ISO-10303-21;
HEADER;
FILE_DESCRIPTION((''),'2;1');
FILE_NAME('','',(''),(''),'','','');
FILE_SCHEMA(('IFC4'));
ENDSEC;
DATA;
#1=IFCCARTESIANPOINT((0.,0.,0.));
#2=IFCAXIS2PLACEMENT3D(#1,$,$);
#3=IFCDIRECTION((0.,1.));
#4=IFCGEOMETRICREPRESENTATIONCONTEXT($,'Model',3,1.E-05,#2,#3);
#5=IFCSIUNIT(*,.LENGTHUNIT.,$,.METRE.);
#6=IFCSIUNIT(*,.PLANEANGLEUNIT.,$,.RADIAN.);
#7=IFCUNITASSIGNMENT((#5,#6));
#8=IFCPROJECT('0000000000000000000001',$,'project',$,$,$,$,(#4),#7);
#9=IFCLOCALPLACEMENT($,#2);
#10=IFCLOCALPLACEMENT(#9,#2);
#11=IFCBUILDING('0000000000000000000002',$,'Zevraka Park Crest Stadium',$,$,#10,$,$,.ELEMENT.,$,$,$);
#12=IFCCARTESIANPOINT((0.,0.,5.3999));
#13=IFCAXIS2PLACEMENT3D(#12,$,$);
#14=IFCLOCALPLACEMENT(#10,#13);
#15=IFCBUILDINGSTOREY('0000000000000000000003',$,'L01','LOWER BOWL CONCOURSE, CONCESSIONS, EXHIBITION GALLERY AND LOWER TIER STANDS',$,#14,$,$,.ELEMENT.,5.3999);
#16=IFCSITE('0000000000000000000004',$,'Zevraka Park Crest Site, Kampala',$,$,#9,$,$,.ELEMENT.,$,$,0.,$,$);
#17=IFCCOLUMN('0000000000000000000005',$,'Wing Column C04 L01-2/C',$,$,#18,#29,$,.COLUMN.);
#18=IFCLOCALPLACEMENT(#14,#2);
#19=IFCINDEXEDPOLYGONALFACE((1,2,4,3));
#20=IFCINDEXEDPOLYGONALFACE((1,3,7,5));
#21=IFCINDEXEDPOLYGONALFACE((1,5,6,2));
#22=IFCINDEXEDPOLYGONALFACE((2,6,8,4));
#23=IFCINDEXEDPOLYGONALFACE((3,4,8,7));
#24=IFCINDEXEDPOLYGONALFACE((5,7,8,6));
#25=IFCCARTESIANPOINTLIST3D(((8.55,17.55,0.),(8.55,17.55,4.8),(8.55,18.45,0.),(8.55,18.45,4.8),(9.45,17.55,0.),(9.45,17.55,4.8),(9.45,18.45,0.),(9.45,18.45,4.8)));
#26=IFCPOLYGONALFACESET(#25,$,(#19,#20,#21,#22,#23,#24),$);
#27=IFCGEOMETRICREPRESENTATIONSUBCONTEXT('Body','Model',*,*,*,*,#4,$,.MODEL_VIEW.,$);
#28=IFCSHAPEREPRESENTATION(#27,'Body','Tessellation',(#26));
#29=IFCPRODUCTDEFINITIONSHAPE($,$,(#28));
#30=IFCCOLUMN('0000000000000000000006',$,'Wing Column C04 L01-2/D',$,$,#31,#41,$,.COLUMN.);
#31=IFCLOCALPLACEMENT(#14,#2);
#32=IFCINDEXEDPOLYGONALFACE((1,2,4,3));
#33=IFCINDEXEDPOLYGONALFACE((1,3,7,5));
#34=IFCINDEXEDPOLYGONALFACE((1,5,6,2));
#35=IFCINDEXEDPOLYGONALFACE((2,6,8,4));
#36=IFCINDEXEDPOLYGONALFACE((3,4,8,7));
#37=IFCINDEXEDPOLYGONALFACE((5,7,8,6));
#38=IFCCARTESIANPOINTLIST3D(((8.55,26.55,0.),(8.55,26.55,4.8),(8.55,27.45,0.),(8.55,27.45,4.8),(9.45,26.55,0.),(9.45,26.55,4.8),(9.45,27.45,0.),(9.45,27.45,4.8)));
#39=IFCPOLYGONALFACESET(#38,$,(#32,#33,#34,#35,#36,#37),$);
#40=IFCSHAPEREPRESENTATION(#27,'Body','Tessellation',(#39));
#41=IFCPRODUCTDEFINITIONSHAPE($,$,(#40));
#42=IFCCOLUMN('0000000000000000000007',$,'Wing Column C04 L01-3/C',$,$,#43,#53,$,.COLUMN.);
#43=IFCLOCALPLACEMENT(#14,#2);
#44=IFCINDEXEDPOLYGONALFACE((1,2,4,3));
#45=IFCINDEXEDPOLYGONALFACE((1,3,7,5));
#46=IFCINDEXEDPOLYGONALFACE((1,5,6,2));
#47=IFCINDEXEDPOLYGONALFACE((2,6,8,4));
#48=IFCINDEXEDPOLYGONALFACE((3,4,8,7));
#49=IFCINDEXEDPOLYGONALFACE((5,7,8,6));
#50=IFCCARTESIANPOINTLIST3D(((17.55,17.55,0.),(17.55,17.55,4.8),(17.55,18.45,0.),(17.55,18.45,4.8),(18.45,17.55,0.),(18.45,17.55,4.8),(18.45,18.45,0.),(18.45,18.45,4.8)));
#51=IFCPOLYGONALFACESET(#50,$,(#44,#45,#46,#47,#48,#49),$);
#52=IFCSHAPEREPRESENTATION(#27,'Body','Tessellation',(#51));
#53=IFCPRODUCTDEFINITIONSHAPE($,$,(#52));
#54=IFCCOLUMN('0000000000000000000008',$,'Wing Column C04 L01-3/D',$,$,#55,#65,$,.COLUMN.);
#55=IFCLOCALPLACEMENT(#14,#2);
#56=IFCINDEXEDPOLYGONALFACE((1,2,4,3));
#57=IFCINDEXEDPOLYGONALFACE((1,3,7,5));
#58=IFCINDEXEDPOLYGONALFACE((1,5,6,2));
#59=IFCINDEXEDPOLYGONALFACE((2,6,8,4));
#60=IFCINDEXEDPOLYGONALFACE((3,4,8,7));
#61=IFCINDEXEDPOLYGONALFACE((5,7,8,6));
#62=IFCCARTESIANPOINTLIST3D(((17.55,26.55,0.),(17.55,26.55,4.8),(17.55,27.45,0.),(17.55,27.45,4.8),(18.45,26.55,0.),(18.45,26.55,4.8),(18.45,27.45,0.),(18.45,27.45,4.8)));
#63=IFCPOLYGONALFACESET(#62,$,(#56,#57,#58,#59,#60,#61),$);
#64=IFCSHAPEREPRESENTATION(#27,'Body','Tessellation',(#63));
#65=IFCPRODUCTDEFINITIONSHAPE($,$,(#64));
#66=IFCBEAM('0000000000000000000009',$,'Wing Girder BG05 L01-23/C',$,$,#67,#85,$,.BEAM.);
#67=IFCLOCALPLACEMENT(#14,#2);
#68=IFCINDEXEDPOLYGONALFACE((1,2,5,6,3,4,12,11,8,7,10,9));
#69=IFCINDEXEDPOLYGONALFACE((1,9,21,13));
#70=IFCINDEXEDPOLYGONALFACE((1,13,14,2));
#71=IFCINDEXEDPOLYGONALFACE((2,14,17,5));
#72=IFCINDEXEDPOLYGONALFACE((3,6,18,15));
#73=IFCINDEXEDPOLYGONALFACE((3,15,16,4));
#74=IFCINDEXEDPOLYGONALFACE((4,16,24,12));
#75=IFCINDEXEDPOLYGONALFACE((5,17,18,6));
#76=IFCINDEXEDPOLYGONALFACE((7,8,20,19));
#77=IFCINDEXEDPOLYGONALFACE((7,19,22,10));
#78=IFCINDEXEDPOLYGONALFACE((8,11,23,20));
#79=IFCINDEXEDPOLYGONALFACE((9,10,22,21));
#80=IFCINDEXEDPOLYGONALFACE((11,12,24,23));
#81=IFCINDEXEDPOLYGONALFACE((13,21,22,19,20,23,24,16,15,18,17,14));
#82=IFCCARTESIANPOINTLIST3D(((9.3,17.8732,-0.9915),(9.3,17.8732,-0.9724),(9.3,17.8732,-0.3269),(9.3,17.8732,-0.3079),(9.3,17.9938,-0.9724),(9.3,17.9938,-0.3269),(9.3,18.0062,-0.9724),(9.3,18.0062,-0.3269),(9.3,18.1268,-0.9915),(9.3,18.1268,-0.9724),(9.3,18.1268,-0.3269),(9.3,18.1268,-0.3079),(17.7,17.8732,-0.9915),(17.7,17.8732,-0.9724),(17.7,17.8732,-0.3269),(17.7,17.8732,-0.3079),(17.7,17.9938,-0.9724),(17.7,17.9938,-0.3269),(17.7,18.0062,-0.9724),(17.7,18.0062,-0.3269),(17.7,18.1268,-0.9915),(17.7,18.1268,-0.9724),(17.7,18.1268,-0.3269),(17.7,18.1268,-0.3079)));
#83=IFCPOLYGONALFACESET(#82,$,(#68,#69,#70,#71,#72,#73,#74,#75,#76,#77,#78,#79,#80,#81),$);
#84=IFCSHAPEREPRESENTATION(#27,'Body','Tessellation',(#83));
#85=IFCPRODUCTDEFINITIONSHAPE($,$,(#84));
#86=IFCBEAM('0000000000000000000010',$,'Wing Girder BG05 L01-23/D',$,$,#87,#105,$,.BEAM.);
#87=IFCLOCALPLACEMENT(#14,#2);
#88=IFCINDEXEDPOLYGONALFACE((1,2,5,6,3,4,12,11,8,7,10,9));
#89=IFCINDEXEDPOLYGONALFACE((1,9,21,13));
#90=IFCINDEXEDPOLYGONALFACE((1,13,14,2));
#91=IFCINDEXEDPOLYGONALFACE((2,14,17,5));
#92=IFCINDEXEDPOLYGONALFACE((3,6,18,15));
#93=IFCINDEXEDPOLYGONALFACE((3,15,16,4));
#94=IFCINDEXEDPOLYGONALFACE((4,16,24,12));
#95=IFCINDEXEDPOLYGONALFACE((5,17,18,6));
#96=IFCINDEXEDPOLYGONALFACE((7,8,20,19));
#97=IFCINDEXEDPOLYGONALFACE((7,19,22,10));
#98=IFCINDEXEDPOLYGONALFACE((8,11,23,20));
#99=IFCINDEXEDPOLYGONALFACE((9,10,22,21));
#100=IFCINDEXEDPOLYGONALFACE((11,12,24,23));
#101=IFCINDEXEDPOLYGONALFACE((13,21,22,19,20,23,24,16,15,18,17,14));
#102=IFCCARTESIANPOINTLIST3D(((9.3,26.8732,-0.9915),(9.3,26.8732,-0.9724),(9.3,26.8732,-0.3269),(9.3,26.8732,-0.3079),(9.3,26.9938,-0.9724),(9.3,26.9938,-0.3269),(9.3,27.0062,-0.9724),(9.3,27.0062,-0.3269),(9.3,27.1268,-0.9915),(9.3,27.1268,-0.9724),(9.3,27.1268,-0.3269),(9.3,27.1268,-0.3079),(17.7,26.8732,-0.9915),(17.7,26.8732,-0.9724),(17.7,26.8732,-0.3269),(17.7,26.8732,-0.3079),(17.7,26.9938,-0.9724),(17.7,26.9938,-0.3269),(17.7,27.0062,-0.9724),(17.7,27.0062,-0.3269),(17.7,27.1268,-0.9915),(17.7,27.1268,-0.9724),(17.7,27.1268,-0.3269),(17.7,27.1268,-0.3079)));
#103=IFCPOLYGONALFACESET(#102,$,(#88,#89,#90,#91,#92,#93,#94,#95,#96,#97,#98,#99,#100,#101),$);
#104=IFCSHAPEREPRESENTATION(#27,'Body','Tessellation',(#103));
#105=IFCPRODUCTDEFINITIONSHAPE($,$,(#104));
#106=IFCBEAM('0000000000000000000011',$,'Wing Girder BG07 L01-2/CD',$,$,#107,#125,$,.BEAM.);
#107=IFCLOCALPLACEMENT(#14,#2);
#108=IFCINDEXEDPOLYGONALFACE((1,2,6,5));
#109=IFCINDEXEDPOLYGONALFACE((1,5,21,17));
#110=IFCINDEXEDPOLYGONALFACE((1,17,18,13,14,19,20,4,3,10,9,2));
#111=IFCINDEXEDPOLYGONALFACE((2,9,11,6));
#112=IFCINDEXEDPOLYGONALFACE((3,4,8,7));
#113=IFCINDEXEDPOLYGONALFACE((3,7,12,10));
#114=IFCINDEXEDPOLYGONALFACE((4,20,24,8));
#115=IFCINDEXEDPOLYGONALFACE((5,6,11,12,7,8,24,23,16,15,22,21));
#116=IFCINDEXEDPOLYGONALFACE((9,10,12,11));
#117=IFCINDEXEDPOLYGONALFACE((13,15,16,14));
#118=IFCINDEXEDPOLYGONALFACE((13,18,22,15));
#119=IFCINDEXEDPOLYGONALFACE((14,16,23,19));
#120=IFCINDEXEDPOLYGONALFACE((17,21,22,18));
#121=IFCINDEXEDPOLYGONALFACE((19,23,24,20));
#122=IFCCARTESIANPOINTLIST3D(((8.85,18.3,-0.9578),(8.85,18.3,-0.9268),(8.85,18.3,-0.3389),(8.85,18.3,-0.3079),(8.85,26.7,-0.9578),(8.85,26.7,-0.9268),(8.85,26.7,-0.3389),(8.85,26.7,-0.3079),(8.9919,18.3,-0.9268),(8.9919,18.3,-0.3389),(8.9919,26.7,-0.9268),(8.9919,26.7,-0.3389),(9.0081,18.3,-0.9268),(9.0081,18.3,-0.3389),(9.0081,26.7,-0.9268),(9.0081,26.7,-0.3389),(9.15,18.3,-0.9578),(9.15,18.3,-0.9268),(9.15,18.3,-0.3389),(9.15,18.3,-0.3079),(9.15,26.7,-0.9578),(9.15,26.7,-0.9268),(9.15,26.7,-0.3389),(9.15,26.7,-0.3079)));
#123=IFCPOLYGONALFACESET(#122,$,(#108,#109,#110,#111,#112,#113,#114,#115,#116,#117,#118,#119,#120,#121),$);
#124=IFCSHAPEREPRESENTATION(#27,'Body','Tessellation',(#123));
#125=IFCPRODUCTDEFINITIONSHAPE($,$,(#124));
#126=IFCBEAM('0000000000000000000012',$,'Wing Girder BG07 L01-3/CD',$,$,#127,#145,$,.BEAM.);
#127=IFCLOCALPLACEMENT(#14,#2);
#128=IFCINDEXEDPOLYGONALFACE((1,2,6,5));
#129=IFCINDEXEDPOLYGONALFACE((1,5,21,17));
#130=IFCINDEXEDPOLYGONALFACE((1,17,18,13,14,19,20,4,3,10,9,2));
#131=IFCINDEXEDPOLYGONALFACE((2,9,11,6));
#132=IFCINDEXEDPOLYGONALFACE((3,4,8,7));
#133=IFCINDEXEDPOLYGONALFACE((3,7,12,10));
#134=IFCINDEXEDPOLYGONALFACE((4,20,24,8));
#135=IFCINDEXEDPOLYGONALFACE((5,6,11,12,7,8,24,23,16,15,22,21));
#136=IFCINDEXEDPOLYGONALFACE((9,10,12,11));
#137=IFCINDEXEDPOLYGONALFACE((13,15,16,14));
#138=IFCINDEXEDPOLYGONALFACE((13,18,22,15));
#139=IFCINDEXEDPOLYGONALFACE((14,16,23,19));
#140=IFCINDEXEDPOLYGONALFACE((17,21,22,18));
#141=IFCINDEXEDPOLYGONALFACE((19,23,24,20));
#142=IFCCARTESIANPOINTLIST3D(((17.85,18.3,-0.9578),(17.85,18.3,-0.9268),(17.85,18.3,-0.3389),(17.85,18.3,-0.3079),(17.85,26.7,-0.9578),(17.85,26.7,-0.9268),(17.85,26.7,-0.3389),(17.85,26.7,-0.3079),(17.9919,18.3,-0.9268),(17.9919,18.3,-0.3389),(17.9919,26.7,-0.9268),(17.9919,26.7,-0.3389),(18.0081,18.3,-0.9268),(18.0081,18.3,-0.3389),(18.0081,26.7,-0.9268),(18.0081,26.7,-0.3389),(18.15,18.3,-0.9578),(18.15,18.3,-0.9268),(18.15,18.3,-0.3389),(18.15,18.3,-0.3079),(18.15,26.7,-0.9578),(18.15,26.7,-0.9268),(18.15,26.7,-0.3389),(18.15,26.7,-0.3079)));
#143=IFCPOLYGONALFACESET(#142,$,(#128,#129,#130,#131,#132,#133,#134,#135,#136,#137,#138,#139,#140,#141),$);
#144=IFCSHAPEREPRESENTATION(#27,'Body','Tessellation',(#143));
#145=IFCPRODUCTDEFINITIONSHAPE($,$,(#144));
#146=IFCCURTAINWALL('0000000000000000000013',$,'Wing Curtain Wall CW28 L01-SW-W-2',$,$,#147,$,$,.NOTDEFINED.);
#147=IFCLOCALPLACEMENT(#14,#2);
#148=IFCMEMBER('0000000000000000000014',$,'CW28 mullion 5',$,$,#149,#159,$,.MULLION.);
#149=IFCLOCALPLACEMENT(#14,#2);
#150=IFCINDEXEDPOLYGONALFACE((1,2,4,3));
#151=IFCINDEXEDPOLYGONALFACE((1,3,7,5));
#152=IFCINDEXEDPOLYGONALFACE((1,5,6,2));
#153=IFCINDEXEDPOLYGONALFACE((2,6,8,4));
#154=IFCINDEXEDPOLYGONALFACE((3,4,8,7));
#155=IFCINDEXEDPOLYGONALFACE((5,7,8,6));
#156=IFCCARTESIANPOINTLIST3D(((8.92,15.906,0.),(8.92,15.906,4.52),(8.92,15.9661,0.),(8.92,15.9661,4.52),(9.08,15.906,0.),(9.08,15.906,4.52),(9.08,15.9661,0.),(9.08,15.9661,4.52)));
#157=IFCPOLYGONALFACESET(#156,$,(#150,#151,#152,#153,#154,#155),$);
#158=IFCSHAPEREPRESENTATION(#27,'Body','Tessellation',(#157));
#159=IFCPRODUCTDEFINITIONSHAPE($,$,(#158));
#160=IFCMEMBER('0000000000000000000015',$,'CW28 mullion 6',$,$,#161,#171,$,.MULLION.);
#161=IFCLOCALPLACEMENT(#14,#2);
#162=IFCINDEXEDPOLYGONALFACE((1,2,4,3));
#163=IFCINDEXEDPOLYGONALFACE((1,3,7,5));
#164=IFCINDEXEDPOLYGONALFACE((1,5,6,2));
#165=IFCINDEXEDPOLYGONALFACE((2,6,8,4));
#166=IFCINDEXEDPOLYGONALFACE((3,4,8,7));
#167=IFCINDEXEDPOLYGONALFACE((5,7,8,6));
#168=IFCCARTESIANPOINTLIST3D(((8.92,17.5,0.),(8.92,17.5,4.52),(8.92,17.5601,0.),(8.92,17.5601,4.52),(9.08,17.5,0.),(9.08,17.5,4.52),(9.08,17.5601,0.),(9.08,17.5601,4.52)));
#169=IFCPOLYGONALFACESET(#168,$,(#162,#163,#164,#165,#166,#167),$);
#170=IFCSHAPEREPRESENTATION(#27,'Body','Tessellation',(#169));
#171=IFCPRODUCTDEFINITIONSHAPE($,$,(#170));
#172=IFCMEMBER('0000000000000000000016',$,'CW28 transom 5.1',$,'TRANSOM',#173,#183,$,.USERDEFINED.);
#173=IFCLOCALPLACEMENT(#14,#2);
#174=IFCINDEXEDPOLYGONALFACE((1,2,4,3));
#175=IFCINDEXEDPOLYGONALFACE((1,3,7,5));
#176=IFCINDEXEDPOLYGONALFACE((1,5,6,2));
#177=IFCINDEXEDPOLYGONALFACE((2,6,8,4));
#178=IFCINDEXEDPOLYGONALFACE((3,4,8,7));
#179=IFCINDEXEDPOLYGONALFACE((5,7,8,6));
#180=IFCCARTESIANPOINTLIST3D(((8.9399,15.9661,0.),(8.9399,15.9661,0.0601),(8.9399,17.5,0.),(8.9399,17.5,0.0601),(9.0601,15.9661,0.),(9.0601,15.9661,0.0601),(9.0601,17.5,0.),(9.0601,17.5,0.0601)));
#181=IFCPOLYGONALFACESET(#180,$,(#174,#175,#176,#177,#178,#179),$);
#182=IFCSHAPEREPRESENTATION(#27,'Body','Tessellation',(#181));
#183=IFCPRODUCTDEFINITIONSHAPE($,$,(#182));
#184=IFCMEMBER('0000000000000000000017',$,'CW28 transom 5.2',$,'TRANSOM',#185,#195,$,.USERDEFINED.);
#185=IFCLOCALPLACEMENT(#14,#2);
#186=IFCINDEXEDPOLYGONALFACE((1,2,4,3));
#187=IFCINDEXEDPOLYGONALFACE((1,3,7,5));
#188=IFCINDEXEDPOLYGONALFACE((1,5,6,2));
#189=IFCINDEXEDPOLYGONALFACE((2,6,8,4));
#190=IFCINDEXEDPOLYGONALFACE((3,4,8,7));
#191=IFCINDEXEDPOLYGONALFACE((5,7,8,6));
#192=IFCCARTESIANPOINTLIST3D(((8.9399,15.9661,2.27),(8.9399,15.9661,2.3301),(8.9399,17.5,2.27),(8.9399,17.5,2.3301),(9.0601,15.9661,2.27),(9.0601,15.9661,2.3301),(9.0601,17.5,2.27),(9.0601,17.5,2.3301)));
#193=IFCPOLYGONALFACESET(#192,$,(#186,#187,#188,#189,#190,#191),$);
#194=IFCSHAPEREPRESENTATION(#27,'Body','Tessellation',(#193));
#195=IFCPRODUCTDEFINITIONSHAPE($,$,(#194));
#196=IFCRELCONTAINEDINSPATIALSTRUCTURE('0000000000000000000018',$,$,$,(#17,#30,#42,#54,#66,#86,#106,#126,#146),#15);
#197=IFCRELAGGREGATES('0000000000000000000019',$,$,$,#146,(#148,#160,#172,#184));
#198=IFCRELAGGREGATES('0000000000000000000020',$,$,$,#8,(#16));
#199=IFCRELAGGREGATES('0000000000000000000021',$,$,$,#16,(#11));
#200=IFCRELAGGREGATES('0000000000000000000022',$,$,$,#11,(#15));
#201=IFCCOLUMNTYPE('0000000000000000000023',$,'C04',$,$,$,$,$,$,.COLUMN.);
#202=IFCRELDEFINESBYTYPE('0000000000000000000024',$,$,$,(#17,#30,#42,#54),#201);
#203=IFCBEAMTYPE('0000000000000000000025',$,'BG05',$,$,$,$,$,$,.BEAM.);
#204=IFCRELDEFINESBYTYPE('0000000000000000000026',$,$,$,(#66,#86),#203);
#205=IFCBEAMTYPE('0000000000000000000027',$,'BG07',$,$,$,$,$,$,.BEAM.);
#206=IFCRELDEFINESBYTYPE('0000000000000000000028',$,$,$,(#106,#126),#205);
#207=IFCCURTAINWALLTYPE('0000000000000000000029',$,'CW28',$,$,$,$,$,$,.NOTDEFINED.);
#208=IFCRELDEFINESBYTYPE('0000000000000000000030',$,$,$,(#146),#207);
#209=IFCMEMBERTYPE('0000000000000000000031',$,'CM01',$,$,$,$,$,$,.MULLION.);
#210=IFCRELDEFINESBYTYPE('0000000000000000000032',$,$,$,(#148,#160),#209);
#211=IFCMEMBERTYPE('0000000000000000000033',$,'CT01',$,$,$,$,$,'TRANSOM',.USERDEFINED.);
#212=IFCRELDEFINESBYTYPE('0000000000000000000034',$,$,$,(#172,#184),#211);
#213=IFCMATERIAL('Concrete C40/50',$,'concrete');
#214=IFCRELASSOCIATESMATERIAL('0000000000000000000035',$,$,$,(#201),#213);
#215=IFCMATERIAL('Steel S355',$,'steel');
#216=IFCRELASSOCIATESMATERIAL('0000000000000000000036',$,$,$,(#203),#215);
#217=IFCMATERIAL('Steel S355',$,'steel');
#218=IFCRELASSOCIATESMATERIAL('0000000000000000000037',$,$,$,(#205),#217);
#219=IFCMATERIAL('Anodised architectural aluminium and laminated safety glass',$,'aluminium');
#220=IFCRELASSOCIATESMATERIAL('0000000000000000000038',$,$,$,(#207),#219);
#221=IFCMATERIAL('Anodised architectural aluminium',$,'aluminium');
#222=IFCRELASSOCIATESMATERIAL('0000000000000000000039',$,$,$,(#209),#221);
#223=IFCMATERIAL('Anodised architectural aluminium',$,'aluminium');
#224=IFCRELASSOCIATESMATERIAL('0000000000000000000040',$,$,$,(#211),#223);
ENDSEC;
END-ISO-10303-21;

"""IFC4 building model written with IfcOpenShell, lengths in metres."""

from ifc_helpers import new_model, si_unit, direction, frame, origin, origin_2d, place, context, subcontext, project, spatial, rectangle, i_section, extrude, material, material_profile, profile_set, type_object, element, aggregate, save


model = new_model("IFC4")

# Units and contexts
model_context = context("Model", 3, precision=1e-05, world=origin(), true_north=direction((0.0, 1.0)))
body_context = subcontext(model_context, "Body", "Model", "MODEL_VIEW")
ifc_project = project(units=[si_unit("LENGTHUNIT", "METRE"), si_unit("PLANEANGLEUNIT", "RADIAN")], contexts=[model_context])

# Site, building, storey
site_placement = place(None, origin())
site = spatial("IfcSite", under=ifc_project, at=site_placement, Name="Zevraka Park Crest Site, Kampala", CompositionType="ELEMENT", RefElevation=0.0)
building_placement = place(site_placement, origin())
building = spatial("IfcBuilding", under=site, at=building_placement, Name="Zevraka Park Crest Stadium", CompositionType="ELEMENT")
storey_placement = place(building_placement, frame((0.0, 0.0, 5.3999)))
storey = spatial("IfcBuildingStorey", under=building, at=storey_placement, Name="L01", Description="LOWER BOWL CONCOURSE, CONCESSIONS, EXHIBITION GALLERY AND LOWER TIER STANDS", CompositionType="ELEMENT", Elevation=5.3999)

# Columns
ifc_material_1 = material(Name="Concrete C40/50", Category="concrete")
ifc_material_profile_1 = material_profile(ifc_material_1, rectangle(XDim=0.8999, YDim=0.8999, at=origin_2d()), Name="RC 900x900")
ifc_profile_set_1 = profile_set([ifc_material_profile_1], Name="Concrete C40/50")
column_type = type_object("IfcColumnType", Name="C04", PredefinedType="COLUMN", material=ifc_profile_set_1)
for number, where, z_axis, x_axis, name in (
    (1, (9.0, 18.0, 0.0), (0.0, 0.0, 1.0), (1.0, 0.0, 0.0), "Wing Column C04 L01-2/C"),
    (2, (9.0, 27.0, 0.0), (0.0, 0.0, 1.0), (1.0, 0.0, 0.0), "Wing Column C04 L01-2/D"),
    (3, (18.0, 18.0, 0.0), (0.0, 0.0, 1.0), (1.0, 0.0, 0.0), "Wing Column C04 L01-3/C"),
    (4, (18.0, 27.0, 0.0), (0.0, 0.0, 1.0), (1.0, 0.0, 0.0), "Wing Column C04 L01-3/D"),
):
    element("IfcColumn", number, at=place(storey_placement, frame(where, z_axis=z_axis, x_axis=x_axis)), inside=storey, type_object=column_type, Name=name, PredefinedType="COLUMN", context=body_context, shape_type="SweptSolid", body=[
        extrude(rectangle(XDim=0.8999, YDim=0.8999, at=origin_2d()), origin(), (0.0, 0.0, 1.0), 4.8),
    ])

# Beams
ifc_material_2 = material(Name="Steel S355", Category="steel")
ifc_material_profile_2 = material_profile(ifc_material_2, i_section(OverallWidth=0.2537, OverallDepth=0.6836, WebThickness=0.0125, FlangeThickness=0.019, at=origin_2d()), Name="UKB 686x254x140")
ifc_profile_set_2 = profile_set([ifc_material_profile_2], Name="Steel S355")
beam_type_1 = type_object("IfcBeamType", Name="BG05", PredefinedType="BEAM", material=ifc_profile_set_2)
for number, where, z_axis, x_axis, name in (
    (5, (9.3, 18.0, -0.6497), (1.0, 0.0, 0.0), (0.0, 1.0, 0.0), "Wing Girder BG05 L01-23/C"),
    (6, (9.3, 27.0, -0.6497), (1.0, 0.0, 0.0), (0.0, 1.0, 0.0), "Wing Girder BG05 L01-23/D"),
):
    element("IfcBeam", number, at=place(storey_placement, frame(where, z_axis=z_axis, x_axis=x_axis)), inside=storey, type_object=beam_type_1, Name=name, PredefinedType="BEAM", context=body_context, shape_type="SweptSolid", body=[
        extrude(i_section(OverallWidth=0.2537, OverallDepth=0.6836, WebThickness=0.0125, FlangeThickness=0.019, at=origin_2d()), origin(), (0.0, 0.0, 1.0), 8.3999),
    ])
ifc_material_3 = material(Name="Steel S355", Category="steel")
ifc_material_profile_3 = material_profile(ifc_material_3, i_section(OverallWidth=0.3, OverallDepth=0.6499, WebThickness=0.0161, FlangeThickness=0.031, at=origin_2d()), Name="HEB 650")
ifc_profile_set_3 = profile_set([ifc_material_profile_3], Name="Steel S355")
beam_type_2 = type_object("IfcBeamType", Name="BG07", PredefinedType="BEAM", material=ifc_profile_set_3)
for number, where, z_axis, x_axis, name in (
    (7, (9.0, 18.3, -0.6328), (0.0, 1.0, 0.0), (-1.0, 0.0, 0.0), "Wing Girder BG07 L01-2/CD"),
    (8, (18.0, 18.3, -0.6328), (0.0, 1.0, 0.0), (-1.0, 0.0, 0.0), "Wing Girder BG07 L01-3/CD"),
):
    element("IfcBeam", number, at=place(storey_placement, frame(where, z_axis=z_axis, x_axis=x_axis)), inside=storey, type_object=beam_type_2, Name=name, PredefinedType="BEAM", context=body_context, shape_type="SweptSolid", body=[
        extrude(i_section(OverallWidth=0.3, OverallDepth=0.6499, WebThickness=0.0161, FlangeThickness=0.031, at=origin_2d()), origin(), (0.0, 0.0, 1.0), 8.3999),
    ])

# Curtain wall, members
ifc_material_4 = material(Name="Anodised architectural aluminium and laminated safety glass", Category="aluminium")
curtain_wall_type = type_object("IfcCurtainWallType", Name="CW28", PredefinedType="NOTDEFINED", material=ifc_material_4)
curtain_wall_placement = place(storey_placement, origin())
curtain_wall = element("IfcCurtainWall", 9, at=curtain_wall_placement, inside=storey, type_object=curtain_wall_type, Name="Wing Curtain Wall CW28 L01-SW-W-2", PredefinedType="NOTDEFINED")
ifc_material_5 = material(Name="Anodised architectural aluminium", Category="aluminium")
ifc_material_profile_4 = material_profile(ifc_material_5, rectangle(XDim=0.1599, YDim=0.0601, at=origin_2d()), Name="ALU MULLION 160x60")
ifc_profile_set_4 = profile_set([ifc_material_profile_4], Name="Anodised architectural aluminium")
member_type_1 = type_object("IfcMemberType", Name="CM01", PredefinedType="MULLION", material=ifc_profile_set_4)
member_1_placement = place(storey_placement, frame((9.0, 15.936, 0.0), z_axis=(0.0, 0.0, 1.0), x_axis=(-1.0, 0.0, 0.0)))
member_1 = element("IfcMember", 10, at=member_1_placement, type_object=member_type_1, Name="CW28 mullion 5", PredefinedType="MULLION", context=body_context, shape_type="SweptSolid", body=[
    extrude(rectangle(XDim=0.1599, YDim=0.0601, at=origin_2d()), origin(), (0.0, 0.0, 1.0), 4.52),
])
member_2_placement = place(storey_placement, frame((9.0, 17.53, 0.0), z_axis=(0.0, 0.0, 1.0), x_axis=(-1.0, 0.0, 0.0)))
member_2 = element("IfcMember", 11, at=member_2_placement, type_object=member_type_1, Name="CW28 mullion 6", PredefinedType="MULLION", context=body_context, shape_type="SweptSolid", body=[
    extrude(rectangle(XDim=0.1599, YDim=0.0601, at=origin_2d()), origin(), (0.0, 0.0, 1.0), 4.52),
])
ifc_material_6 = material(Name="Anodised architectural aluminium", Category="aluminium")
ifc_material_profile_5 = material_profile(ifc_material_6, rectangle(XDim=0.1201, YDim=0.0601, at=origin_2d()), Name="ALU TRANSOM 120x60")
ifc_profile_set_5 = profile_set([ifc_material_profile_5], Name="Anodised architectural aluminium")
member_type_2 = type_object("IfcMemberType", Name="CT01", ElementType="TRANSOM", PredefinedType="USERDEFINED", material=ifc_profile_set_5)
member_3_placement = place(storey_placement, frame((9.0, 15.9661, 0.03), z_axis=(0.0, 1.0, 0.0), x_axis=(-1.0, 0.0, 0.0)))
member_3 = element("IfcMember", 12, at=member_3_placement, type_object=member_type_2, Name="CW28 transom 5.1", ObjectType="TRANSOM", PredefinedType="USERDEFINED", context=body_context, shape_type="SweptSolid", body=[
    extrude(rectangle(XDim=0.1201, YDim=0.0601, at=origin_2d()), origin(), (0.0, 0.0, 1.0), 1.5339),
])
member_4_placement = place(storey_placement, frame((9.0, 15.9661, 2.3), z_axis=(0.0, 1.0, 0.0), x_axis=(-1.0, 0.0, 0.0)))
member_4 = element("IfcMember", 13, at=member_4_placement, type_object=member_type_2, Name="CW28 transom 5.2", ObjectType="TRANSOM", PredefinedType="USERDEFINED", context=body_context, shape_type="SweptSolid", body=[
    extrude(rectangle(XDim=0.1201, YDim=0.0601, at=origin_2d()), origin(), (0.0, 0.0, 1.0), 1.5339),
])

aggregate(curtain_wall, [member_1, member_2, member_3, member_4])

save(model, "model.ifc")
